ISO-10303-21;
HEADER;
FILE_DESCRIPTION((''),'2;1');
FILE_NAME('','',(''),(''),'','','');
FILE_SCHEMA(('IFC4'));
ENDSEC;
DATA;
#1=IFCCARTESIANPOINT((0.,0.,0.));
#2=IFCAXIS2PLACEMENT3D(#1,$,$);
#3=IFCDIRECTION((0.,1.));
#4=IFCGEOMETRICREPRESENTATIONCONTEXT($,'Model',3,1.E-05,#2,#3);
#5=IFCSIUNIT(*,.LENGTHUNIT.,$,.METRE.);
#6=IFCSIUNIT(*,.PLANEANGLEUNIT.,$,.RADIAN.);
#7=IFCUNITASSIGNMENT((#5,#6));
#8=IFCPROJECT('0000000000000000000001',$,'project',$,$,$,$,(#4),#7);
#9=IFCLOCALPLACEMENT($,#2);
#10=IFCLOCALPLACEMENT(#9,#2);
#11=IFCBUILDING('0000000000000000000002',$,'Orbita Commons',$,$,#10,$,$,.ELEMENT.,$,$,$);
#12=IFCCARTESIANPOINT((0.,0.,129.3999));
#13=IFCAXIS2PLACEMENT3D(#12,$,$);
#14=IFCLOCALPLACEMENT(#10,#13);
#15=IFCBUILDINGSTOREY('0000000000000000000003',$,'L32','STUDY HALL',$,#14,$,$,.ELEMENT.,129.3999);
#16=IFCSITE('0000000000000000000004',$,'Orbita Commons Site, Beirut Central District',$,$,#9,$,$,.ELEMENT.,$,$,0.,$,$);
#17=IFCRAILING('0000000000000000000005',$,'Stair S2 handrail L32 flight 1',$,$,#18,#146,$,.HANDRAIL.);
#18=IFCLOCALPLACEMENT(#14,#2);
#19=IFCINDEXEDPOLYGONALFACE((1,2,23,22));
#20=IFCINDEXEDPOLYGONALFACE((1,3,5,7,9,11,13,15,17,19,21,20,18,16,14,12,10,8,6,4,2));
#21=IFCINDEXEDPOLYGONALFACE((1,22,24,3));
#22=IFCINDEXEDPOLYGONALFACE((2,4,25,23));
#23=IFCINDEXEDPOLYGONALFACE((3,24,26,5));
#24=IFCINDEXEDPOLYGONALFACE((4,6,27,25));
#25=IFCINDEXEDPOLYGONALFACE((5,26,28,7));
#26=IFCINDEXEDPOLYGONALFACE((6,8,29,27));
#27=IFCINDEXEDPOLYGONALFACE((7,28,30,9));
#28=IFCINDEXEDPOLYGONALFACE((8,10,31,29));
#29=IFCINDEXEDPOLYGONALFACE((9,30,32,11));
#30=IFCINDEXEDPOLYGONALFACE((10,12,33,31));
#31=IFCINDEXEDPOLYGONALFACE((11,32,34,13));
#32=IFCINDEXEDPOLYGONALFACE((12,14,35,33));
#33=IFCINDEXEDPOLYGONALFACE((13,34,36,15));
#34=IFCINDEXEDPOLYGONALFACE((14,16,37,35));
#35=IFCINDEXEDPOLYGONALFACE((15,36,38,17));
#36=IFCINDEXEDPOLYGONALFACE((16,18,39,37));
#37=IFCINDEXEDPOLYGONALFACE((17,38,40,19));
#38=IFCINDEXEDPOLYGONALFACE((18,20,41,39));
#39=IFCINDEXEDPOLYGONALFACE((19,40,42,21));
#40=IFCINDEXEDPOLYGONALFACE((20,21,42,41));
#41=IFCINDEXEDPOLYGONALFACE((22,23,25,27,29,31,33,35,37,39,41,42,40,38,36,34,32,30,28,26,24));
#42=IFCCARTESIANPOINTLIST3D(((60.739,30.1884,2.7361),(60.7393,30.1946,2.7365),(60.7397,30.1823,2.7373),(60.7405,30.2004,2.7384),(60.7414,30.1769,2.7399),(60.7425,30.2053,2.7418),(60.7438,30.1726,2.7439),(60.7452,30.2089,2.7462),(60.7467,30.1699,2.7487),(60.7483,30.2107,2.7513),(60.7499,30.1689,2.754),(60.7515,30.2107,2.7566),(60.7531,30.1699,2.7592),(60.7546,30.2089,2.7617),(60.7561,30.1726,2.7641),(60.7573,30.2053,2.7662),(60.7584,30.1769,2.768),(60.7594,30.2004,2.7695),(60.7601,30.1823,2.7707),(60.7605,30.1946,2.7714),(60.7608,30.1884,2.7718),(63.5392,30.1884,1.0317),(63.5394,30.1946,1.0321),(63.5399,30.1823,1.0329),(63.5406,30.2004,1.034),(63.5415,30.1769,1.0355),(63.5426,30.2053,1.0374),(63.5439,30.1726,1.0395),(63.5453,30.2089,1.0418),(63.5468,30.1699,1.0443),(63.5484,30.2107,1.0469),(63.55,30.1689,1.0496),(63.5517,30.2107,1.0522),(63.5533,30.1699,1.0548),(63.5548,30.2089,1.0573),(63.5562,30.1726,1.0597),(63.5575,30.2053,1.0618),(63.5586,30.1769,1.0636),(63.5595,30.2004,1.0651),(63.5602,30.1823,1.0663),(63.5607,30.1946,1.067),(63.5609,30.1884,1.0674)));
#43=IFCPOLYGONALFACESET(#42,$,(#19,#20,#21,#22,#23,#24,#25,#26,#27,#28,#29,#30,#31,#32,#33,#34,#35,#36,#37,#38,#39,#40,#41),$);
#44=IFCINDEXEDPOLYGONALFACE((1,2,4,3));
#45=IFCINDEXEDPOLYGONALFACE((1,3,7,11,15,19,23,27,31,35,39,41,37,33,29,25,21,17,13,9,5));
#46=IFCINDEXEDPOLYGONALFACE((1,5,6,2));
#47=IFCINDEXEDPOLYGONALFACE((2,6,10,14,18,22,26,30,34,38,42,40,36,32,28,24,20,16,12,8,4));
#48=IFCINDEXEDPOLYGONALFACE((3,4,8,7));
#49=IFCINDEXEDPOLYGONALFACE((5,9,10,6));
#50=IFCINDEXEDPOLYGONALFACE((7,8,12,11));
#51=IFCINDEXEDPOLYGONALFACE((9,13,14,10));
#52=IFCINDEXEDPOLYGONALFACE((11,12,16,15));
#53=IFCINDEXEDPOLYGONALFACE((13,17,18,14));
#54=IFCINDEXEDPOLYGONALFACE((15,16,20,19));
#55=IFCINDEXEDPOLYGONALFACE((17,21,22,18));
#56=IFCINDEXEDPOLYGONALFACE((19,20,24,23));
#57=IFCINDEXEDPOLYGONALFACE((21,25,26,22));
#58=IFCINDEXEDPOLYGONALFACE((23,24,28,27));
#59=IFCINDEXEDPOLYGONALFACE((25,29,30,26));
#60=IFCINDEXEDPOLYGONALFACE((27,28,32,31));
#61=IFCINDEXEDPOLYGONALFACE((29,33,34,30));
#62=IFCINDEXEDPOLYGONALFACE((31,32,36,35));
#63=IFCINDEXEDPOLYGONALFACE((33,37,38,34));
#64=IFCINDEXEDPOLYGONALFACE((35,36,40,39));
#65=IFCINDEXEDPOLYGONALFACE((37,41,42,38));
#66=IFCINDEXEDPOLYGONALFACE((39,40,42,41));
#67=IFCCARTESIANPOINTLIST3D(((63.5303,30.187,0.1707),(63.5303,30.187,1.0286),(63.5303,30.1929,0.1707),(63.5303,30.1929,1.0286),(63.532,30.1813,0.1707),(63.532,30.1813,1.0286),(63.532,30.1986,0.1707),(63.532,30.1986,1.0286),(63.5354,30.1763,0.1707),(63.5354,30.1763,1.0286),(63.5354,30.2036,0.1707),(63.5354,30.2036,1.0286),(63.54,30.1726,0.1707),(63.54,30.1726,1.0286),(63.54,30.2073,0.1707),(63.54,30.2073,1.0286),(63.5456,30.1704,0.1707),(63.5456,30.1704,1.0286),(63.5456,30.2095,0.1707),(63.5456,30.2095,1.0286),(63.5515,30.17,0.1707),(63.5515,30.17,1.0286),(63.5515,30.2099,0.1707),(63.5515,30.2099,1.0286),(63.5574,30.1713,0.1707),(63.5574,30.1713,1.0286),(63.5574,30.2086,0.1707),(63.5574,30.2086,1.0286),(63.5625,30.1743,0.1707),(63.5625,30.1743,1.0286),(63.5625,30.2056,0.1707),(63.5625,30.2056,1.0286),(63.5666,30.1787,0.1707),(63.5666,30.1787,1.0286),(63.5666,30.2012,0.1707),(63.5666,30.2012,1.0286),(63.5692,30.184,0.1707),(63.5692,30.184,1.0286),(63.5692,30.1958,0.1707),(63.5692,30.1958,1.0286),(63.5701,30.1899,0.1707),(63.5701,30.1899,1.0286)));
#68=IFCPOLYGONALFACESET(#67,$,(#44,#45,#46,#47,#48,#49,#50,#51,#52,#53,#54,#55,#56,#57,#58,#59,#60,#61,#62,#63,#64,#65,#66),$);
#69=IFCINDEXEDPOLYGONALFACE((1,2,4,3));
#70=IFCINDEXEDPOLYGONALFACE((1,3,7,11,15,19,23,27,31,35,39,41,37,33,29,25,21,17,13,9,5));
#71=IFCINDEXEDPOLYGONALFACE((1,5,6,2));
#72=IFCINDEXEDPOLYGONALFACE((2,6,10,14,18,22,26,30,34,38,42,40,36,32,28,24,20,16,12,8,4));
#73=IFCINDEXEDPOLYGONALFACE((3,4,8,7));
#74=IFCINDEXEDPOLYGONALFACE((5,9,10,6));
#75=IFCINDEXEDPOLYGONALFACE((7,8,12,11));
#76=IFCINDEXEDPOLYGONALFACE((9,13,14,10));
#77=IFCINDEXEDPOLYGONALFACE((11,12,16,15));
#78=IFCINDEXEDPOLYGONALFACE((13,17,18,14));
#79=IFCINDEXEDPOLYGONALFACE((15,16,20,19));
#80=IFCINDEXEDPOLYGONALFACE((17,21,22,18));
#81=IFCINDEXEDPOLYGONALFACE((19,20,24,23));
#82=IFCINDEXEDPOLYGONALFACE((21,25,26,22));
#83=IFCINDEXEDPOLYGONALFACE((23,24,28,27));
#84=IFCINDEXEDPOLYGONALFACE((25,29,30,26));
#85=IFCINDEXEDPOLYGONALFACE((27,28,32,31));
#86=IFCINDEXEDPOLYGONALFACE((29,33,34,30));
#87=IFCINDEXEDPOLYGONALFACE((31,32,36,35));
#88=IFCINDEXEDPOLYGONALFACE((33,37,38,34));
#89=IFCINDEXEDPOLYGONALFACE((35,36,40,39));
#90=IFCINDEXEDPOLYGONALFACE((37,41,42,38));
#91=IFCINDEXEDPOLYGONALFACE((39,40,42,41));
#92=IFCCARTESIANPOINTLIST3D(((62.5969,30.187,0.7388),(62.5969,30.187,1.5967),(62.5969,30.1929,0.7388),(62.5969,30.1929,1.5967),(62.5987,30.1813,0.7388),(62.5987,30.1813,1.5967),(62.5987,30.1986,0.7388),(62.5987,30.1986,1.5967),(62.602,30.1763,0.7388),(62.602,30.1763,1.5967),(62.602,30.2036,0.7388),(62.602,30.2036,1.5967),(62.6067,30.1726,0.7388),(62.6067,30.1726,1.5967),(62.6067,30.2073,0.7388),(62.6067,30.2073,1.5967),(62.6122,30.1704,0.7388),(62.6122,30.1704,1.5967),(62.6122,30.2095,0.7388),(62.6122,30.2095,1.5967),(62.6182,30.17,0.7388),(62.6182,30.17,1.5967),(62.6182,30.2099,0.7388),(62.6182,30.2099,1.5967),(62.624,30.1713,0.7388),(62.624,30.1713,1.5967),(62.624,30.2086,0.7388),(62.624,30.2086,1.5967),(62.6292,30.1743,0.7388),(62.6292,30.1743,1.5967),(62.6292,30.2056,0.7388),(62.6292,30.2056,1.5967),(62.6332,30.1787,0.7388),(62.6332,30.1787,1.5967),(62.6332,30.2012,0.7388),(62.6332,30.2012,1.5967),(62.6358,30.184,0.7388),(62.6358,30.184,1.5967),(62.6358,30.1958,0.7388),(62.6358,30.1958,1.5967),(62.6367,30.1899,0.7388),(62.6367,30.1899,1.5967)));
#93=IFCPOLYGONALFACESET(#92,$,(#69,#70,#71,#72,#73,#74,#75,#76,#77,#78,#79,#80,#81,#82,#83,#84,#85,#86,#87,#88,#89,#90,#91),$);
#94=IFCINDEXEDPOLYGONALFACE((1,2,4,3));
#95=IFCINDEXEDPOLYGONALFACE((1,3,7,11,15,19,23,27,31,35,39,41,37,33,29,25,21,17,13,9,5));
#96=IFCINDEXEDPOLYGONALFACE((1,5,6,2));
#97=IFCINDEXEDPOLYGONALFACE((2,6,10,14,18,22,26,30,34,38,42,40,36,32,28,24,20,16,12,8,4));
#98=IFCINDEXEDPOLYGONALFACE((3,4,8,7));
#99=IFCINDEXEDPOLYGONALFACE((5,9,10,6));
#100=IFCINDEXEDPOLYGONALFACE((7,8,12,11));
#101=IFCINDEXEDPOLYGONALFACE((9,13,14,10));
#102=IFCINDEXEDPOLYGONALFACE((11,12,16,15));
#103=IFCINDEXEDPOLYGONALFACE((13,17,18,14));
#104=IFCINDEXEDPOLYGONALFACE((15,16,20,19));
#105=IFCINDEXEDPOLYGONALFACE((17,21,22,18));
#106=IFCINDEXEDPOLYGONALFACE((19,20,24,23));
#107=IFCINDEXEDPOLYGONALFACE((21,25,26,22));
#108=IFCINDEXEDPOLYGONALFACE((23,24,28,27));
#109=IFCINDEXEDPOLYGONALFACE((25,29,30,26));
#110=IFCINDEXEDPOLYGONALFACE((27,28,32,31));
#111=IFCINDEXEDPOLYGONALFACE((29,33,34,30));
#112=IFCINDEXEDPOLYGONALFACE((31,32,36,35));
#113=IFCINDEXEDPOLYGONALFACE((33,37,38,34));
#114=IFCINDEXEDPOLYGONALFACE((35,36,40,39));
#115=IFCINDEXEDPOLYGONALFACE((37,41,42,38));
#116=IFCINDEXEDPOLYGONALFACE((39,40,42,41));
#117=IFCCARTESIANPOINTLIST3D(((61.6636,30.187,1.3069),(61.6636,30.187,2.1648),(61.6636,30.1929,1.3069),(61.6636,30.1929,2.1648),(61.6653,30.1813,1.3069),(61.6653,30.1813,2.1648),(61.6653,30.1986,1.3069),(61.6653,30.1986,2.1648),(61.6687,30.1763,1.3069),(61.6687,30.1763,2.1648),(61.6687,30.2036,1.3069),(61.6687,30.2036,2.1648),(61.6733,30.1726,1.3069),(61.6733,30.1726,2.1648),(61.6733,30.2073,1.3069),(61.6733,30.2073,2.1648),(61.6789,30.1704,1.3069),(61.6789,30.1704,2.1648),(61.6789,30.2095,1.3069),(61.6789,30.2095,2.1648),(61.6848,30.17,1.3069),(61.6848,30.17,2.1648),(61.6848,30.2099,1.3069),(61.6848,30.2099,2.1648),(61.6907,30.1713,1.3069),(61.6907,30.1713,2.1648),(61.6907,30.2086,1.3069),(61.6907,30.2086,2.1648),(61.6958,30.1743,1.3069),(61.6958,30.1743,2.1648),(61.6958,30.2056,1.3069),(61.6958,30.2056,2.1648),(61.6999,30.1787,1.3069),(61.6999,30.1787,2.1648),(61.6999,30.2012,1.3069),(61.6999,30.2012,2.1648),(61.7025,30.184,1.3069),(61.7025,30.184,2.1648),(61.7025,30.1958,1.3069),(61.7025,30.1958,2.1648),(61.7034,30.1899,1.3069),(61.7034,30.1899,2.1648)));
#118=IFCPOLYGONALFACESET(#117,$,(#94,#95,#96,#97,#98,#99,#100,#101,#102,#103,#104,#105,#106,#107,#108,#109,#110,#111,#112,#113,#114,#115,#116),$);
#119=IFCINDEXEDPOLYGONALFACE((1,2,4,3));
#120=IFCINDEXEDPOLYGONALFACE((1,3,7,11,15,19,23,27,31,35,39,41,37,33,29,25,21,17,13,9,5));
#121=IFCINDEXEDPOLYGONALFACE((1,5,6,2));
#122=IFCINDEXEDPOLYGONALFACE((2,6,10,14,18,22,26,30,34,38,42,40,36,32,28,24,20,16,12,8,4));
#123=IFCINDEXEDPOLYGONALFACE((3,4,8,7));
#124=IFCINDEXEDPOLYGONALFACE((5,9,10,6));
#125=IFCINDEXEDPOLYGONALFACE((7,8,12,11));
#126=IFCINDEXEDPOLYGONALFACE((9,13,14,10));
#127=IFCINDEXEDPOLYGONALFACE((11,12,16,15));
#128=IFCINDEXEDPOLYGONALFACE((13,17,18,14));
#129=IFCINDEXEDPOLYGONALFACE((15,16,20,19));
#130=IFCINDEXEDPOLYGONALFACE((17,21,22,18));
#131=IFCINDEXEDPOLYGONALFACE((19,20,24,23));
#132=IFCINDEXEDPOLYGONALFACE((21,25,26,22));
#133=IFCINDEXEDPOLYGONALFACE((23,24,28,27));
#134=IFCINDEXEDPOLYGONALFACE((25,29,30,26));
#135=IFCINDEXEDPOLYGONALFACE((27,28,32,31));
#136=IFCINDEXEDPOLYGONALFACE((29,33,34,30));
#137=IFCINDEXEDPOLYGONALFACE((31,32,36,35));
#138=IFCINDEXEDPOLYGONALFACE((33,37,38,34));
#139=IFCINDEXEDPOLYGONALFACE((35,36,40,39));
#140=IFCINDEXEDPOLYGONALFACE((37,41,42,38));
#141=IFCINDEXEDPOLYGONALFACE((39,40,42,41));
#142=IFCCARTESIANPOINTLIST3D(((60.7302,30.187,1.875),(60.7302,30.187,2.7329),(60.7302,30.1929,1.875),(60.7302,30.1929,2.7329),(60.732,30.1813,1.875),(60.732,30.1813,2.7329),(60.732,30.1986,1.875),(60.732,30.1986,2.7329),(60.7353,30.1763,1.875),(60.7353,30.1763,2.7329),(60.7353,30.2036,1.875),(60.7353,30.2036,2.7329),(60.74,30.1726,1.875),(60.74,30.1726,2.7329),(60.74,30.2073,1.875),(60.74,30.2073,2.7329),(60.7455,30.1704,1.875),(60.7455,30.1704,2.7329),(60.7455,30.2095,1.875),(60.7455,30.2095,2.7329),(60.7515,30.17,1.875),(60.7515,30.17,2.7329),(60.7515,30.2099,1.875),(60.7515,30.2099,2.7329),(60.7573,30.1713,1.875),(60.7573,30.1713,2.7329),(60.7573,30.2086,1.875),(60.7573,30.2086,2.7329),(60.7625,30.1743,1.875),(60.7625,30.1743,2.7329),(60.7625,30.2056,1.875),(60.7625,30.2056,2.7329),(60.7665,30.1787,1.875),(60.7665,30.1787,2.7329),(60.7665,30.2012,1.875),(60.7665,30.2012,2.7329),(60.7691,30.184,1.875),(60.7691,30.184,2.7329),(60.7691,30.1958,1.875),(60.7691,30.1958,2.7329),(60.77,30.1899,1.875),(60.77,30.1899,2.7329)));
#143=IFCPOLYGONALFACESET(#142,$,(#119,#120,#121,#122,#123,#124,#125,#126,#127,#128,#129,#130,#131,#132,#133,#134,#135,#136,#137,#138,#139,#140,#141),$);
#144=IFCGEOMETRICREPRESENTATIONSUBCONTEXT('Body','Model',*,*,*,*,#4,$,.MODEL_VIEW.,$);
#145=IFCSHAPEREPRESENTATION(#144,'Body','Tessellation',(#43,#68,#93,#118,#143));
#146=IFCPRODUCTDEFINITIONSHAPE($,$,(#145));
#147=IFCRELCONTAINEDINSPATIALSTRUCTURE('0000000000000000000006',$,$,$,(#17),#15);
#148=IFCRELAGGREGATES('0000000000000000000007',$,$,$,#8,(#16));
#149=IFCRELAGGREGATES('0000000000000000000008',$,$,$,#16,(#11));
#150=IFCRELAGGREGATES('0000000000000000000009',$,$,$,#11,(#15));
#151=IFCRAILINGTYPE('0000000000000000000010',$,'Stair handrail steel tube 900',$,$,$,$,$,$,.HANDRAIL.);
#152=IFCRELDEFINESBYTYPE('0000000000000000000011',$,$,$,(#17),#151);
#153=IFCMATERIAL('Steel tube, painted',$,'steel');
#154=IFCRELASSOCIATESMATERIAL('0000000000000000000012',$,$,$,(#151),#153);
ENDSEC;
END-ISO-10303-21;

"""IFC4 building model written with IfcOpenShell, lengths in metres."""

from ifc_helpers import new_model, si_unit, direction, frame, origin, origin_2d, place, context, subcontext, project, spatial, circle, extrude, material, type_object, element, save


model = new_model("IFC4")

# Units and contexts
model_context = context("Model", 3, precision=1e-05, world=origin(), true_north=direction((0.0, 1.0)))
body_context = subcontext(model_context, "Body", "Model", "MODEL_VIEW")
ifc_project = project(units=[si_unit("LENGTHUNIT", "METRE"), si_unit("PLANEANGLEUNIT", "RADIAN")], contexts=[model_context])

# Site, building, storey
site_placement = place(None, origin())
site = spatial("IfcSite", under=ifc_project, at=site_placement, Name="Orbita Commons Site, Beirut Central District", CompositionType="ELEMENT", RefElevation=0.0)
building_placement = place(site_placement, origin())
building = spatial("IfcBuilding", under=site, at=building_placement, Name="Orbita Commons", CompositionType="ELEMENT")
storey_placement = place(building_placement, frame((0.0, 0.0, 129.3999)))
storey = spatial("IfcBuildingStorey", under=building, at=storey_placement, Name="L32", Description="STUDY HALL", CompositionType="ELEMENT", Elevation=129.3999)

# Railing
ifc_material_1 = material(Name="Steel tube, painted", Category="steel")
railing_type = type_object("IfcRailingType", Name="Stair handrail steel tube 900", PredefinedType="HANDRAIL", material=ifc_material_1)
for number, where, name in (
    (1, (63.55, 30.1899, 0.1707), "Stair S2 handrail L32 flight 1"),
):
    element("IfcRailing", number, at=place(storey_placement, frame(where)), inside=storey, type_object=railing_type, Name=name, PredefinedType="HANDRAIL", context=body_context, shape_type="SweptSolid", body=[
        extrude(circle(Radius=0.021, at=origin_2d()), frame((0.0, 0.0, 0.8789), z_axis=(-0.854203, 0.0, 0.51994), x_axis=(0.0, -1.0, 0.0)), (0.0, 0.0, 1.0), 3.2781),
        extrude(circle(Radius=0.02, at=origin_2d()), origin(), (0.0, 0.0, 1.0), 0.8579),
        extrude(circle(Radius=0.02, at=origin_2d()), frame((-0.9333, 0.0, 0.5681)), (0.0, 0.0, 1.0), 0.8579),
        extrude(circle(Radius=0.02, at=origin_2d()), frame((-1.8667, 0.0, 1.1362)), (0.0, 0.0, 1.0), 0.8579),
        extrude(circle(Radius=0.02, at=origin_2d()), frame((-2.8, 0.0, 1.7043)), (0.0, 0.0, 1.0), 0.8579),
    ])

save(model, "model.ifc")
